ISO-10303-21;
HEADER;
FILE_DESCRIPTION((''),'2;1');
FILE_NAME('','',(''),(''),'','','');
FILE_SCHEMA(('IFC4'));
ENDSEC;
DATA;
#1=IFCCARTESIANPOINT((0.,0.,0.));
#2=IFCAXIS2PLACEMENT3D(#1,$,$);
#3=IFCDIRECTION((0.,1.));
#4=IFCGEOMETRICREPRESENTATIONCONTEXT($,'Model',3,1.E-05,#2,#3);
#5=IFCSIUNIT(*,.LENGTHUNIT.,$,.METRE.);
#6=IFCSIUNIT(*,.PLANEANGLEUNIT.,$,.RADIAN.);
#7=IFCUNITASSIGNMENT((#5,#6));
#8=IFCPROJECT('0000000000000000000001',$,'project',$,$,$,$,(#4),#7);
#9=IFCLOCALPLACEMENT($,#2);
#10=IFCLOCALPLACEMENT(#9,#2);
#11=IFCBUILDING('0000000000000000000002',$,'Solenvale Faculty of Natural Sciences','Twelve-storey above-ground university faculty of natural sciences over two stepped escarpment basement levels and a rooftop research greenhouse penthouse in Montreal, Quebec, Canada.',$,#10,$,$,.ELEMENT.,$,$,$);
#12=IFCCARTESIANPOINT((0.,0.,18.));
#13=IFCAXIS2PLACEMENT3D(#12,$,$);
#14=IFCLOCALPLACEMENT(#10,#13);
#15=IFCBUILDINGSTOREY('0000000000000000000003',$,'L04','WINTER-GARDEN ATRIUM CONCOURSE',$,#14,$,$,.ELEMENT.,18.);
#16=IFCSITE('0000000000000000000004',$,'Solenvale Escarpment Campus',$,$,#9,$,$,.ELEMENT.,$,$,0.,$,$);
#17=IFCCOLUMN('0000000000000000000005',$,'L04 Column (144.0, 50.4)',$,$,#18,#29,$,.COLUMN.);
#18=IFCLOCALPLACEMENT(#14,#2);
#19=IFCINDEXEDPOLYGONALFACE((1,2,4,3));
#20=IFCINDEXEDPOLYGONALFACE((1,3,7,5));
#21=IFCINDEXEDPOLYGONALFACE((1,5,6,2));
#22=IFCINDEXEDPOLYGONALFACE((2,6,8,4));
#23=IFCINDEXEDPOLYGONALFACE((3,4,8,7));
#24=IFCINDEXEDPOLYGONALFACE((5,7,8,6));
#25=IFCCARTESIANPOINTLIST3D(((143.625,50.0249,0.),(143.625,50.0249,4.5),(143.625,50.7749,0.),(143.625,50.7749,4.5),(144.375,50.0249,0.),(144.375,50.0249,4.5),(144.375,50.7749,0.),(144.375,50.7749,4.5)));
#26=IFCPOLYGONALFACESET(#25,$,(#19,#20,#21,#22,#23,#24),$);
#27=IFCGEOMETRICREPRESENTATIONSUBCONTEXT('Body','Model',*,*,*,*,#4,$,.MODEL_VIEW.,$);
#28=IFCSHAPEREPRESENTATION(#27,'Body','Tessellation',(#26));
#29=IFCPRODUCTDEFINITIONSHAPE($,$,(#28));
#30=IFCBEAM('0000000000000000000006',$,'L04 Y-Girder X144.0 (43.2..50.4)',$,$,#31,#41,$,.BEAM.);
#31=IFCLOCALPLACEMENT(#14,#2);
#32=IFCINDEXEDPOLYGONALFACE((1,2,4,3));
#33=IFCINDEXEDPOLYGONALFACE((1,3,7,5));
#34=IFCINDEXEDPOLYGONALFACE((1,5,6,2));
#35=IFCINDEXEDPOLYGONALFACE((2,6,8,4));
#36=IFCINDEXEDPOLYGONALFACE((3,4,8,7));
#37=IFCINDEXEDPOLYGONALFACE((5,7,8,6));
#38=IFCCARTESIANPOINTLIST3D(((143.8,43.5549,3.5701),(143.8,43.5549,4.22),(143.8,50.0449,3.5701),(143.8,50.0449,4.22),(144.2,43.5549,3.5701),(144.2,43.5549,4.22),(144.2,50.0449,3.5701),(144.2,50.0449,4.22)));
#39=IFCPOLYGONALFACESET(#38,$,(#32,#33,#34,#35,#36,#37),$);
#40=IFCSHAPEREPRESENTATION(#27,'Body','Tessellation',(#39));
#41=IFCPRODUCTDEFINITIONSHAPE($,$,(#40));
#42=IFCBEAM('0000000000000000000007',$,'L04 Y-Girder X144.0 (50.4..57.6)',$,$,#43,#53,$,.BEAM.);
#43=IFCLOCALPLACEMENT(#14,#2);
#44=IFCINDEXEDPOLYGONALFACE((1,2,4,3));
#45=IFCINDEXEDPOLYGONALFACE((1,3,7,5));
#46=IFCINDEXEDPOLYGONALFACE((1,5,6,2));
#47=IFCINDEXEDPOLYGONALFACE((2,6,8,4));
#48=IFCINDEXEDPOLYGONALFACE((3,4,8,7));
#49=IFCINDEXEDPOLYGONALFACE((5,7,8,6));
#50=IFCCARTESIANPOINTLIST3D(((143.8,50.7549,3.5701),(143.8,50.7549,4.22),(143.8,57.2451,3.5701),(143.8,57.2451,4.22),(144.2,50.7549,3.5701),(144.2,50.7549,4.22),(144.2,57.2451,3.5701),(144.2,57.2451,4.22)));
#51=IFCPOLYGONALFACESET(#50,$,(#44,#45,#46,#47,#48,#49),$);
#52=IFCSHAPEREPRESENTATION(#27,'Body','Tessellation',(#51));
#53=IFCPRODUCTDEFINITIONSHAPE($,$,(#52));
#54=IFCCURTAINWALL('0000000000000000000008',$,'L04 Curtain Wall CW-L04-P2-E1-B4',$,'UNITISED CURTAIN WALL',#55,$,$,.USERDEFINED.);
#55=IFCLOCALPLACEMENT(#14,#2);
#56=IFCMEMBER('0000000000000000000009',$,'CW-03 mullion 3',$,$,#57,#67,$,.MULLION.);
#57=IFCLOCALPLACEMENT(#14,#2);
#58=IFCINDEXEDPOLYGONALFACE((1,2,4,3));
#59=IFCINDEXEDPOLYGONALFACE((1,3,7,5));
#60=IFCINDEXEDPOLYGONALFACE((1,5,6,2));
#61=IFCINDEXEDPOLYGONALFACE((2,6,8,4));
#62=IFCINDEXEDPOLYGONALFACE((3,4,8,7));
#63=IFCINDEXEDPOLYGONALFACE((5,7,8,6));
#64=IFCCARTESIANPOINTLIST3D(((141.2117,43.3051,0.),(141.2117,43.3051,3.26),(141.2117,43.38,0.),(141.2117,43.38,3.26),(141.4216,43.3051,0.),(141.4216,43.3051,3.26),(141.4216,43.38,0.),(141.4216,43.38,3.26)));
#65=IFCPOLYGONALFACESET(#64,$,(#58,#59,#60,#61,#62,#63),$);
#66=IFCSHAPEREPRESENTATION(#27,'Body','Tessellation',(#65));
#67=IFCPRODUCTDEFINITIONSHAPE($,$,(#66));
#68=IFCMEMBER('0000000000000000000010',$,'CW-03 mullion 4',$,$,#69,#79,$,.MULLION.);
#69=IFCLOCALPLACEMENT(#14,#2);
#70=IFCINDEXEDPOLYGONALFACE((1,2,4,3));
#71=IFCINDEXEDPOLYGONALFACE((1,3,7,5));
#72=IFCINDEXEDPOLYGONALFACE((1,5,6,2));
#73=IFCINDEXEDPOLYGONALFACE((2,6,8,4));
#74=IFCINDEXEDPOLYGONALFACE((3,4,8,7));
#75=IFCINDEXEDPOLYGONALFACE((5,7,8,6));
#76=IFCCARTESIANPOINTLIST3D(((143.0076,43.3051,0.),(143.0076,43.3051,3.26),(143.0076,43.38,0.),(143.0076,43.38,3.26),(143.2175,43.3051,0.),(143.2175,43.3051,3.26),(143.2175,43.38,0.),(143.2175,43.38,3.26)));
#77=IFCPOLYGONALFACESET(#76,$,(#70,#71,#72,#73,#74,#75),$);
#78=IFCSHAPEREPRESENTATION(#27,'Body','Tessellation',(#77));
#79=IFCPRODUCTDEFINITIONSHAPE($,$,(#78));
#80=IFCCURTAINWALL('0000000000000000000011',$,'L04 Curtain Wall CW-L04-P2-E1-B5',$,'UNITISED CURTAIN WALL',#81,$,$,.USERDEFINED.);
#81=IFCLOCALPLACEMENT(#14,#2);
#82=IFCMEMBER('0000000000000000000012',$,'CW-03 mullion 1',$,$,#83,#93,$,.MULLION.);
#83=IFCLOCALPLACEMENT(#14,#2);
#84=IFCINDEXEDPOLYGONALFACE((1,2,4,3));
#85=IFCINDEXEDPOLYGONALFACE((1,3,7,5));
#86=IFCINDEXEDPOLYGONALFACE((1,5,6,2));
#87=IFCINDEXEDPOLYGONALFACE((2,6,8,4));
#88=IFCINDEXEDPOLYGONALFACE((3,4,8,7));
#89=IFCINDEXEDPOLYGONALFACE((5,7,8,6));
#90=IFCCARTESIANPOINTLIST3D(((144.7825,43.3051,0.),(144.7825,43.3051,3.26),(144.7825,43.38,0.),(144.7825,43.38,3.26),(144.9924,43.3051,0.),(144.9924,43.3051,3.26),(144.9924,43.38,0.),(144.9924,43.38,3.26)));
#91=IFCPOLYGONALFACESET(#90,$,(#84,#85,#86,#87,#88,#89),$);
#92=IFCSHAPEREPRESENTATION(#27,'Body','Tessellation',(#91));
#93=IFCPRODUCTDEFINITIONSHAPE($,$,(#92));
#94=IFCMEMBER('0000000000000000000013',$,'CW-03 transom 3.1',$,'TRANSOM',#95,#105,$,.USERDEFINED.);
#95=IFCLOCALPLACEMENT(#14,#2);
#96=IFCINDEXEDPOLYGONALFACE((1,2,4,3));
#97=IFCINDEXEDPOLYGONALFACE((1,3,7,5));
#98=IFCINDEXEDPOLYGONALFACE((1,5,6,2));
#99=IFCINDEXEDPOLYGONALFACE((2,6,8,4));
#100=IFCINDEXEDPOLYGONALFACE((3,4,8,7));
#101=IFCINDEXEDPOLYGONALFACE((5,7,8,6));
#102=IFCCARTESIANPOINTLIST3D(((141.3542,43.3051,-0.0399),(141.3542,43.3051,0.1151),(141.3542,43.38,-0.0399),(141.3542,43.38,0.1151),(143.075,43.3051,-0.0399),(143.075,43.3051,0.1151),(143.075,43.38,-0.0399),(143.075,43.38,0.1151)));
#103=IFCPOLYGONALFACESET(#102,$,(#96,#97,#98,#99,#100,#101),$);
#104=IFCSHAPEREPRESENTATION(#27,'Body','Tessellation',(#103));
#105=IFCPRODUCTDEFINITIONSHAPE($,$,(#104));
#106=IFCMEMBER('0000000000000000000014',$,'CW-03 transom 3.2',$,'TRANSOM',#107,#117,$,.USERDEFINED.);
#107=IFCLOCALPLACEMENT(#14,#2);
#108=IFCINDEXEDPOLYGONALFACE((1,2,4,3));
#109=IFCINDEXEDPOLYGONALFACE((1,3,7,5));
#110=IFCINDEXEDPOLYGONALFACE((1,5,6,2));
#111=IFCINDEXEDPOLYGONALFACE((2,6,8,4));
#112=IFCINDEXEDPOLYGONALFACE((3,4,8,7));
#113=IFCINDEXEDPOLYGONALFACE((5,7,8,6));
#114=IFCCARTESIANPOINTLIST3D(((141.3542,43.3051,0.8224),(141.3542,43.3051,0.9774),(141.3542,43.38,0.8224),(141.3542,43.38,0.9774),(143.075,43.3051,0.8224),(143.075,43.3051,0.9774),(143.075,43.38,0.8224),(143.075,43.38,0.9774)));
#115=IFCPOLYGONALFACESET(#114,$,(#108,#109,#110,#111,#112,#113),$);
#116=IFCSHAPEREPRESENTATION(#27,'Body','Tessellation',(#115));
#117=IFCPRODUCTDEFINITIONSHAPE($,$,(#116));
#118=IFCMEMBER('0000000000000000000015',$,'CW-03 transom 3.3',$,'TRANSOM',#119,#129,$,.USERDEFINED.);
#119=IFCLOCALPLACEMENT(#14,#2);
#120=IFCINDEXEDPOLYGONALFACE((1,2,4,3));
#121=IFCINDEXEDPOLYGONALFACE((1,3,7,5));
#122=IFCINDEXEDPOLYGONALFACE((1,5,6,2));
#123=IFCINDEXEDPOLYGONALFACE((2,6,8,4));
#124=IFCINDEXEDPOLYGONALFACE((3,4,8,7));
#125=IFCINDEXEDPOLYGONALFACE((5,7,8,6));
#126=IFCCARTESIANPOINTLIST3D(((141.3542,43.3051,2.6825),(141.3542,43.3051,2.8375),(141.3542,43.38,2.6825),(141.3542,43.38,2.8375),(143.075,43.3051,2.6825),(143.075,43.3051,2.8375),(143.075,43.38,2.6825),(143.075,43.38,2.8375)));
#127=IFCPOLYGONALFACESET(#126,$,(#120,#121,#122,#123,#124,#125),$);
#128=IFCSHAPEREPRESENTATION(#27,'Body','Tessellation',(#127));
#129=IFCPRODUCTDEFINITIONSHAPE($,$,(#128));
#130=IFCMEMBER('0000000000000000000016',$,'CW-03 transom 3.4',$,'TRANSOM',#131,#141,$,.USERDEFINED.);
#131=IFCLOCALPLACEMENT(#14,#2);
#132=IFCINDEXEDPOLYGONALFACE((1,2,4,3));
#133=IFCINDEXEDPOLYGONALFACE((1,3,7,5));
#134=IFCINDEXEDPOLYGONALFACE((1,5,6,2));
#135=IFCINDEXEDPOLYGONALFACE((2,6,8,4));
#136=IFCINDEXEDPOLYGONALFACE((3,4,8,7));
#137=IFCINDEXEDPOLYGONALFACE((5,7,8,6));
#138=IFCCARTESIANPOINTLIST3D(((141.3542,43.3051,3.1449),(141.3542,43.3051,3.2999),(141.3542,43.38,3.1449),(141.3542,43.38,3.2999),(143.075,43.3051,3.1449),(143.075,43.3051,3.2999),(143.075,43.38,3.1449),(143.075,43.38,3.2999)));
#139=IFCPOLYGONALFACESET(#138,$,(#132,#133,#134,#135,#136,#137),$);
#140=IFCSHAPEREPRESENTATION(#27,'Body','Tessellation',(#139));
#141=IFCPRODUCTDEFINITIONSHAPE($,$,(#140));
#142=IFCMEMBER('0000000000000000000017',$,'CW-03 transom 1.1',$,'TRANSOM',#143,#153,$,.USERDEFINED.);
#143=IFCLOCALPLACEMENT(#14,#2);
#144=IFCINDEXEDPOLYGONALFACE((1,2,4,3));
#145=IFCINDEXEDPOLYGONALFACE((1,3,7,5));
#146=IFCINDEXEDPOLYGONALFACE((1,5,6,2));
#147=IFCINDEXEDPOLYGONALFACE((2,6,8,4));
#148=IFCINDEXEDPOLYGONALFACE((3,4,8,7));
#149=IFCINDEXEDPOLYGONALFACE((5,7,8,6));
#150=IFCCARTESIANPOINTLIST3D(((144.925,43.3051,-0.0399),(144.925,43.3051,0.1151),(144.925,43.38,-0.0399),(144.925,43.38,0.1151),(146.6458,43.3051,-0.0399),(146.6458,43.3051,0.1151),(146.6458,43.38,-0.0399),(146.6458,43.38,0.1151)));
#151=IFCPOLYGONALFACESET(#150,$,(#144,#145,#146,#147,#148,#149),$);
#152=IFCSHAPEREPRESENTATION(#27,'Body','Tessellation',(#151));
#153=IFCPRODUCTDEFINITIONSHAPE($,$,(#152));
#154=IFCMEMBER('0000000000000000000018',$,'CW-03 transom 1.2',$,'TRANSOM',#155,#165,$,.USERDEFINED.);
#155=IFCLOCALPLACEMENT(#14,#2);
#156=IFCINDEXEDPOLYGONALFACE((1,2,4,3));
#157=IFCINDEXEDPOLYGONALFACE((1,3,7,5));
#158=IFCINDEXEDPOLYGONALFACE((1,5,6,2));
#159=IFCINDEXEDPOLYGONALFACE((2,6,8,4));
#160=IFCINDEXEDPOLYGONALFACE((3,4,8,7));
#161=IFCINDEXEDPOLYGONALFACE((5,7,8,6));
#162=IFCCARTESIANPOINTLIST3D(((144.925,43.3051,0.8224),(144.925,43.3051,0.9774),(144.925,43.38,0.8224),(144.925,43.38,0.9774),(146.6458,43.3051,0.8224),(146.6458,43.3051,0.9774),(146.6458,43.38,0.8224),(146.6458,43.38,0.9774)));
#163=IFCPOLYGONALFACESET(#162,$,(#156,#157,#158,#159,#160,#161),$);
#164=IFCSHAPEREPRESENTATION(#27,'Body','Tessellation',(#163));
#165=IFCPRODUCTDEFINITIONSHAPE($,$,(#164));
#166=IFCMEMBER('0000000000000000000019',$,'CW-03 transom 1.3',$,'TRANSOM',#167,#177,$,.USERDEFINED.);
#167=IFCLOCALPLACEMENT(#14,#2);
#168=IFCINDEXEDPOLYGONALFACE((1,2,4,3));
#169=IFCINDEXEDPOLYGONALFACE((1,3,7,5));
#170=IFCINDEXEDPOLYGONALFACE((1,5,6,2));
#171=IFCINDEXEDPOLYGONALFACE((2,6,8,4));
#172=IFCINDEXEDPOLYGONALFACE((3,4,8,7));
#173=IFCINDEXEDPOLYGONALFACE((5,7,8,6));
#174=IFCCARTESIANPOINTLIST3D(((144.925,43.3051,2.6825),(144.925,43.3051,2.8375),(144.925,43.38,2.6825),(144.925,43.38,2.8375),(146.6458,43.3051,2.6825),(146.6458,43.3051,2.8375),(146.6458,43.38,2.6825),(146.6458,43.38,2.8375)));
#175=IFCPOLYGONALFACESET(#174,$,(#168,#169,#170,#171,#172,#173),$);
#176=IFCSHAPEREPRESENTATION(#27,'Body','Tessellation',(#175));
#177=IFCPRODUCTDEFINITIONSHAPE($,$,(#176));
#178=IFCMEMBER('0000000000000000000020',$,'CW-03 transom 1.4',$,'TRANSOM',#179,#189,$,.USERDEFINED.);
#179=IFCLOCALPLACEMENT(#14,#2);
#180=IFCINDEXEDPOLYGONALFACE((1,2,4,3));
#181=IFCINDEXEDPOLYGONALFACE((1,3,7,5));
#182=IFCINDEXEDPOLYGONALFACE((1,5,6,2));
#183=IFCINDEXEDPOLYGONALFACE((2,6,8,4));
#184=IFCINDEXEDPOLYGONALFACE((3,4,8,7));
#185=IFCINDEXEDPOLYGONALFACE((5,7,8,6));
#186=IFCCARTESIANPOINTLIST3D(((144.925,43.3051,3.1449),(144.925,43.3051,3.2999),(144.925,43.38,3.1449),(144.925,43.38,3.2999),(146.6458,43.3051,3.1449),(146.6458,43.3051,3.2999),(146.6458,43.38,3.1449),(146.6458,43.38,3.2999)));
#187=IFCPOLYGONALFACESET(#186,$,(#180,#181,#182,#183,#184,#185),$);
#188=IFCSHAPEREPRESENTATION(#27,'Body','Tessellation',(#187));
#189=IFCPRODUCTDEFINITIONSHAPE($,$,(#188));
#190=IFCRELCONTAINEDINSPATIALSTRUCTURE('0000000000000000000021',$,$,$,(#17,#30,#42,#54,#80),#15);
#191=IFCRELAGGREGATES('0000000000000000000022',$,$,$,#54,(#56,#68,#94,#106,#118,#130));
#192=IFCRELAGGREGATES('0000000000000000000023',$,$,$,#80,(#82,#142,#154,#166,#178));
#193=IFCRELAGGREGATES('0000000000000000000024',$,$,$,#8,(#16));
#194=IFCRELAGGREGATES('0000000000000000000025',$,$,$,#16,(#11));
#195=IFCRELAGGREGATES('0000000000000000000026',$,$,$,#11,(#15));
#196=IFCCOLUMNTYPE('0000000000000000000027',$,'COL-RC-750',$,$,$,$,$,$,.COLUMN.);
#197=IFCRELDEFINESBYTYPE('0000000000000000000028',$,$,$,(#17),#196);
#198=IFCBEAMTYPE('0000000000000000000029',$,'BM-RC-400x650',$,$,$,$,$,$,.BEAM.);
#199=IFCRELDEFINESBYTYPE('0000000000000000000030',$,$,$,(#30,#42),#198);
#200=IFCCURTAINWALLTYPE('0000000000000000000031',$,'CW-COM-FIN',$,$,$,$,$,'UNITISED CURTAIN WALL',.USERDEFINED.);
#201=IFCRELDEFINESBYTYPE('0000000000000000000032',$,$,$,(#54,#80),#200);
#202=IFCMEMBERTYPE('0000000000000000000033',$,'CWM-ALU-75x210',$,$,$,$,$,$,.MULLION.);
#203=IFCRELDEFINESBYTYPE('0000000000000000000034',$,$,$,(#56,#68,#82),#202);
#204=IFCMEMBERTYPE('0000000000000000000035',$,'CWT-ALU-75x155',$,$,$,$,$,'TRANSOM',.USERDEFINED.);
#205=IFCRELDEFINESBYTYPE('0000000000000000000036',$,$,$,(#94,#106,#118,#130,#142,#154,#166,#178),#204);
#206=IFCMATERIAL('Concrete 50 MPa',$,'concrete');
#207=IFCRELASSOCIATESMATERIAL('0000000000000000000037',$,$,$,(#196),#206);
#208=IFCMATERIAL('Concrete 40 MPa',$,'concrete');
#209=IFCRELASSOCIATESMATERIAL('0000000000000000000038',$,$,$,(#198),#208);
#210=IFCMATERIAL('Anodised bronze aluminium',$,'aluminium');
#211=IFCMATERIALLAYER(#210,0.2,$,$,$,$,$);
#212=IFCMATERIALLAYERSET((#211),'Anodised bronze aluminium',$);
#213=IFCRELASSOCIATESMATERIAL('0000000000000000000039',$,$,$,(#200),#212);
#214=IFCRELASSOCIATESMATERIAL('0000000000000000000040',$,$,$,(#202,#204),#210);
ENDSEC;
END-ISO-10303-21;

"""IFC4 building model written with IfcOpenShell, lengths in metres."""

from ifc_helpers import new_model, si_unit, direction, frame, origin, origin_2d, place, context, subcontext, project, spatial, rectangle, extrude, material, layer, layer_set, material_profile, profile_set, type_object, element, aggregate, save


model = new_model("IFC4")

# Units and contexts
model_context = context("Model", 3, precision=1e-05, world=origin(), true_north=direction((0.0, 1.0)))
body_context = subcontext(model_context, "Body", "Model", "MODEL_VIEW")
ifc_project = project(units=[si_unit("LENGTHUNIT", "METRE"), si_unit("PLANEANGLEUNIT", "RADIAN")], contexts=[model_context])

# Site, building, storey
site_placement = place(None, origin())
site = spatial("IfcSite", under=ifc_project, at=site_placement, Name="Solenvale Escarpment Campus", CompositionType="ELEMENT", RefElevation=0.0)
building_placement = place(site_placement, origin())
building = spatial("IfcBuilding", under=site, at=building_placement, Name="Solenvale Faculty of Natural Sciences", Description="Twelve-storey above-ground university faculty of natural sciences over two stepped escarpment basement levels and a rooftop research greenhouse penthouse in Montreal, Quebec, Canada.", CompositionType="ELEMENT")
storey_placement = place(building_placement, frame((0.0, 0.0, 18.0)))
storey = spatial("IfcBuildingStorey", under=building, at=storey_placement, Name="L04", Description="WINTER-GARDEN ATRIUM CONCOURSE", CompositionType="ELEMENT", Elevation=18.0)

# Column
ifc_material_1 = material(Name="Concrete 50 MPa", Category="concrete")
ifc_material_profile_1 = material_profile(ifc_material_1, rectangle(XDim=0.75, YDim=0.75, at=origin_2d()), Name="RC-COL-750x750")
ifc_profile_set_1 = profile_set([ifc_material_profile_1], Name="Concrete 50 MPa")
column_type = type_object("IfcColumnType", Name="COL-RC-750", PredefinedType="COLUMN", material=ifc_profile_set_1)
column_placement = place(storey_placement, frame((144.0, 50.3999, 0.0), z_axis=(0.0, 0.0, 1.0), x_axis=(1.0, 0.0, 0.0)))
element("IfcColumn", 1, at=column_placement, inside=storey, type_object=column_type, Name="L04 Column (144.0, 50.4)", PredefinedType="COLUMN", context=body_context, shape_type="SweptSolid", body=[
    extrude(rectangle(XDim=0.75, YDim=0.75, at=origin_2d()), origin(), (0.0, 0.0, 1.0), 4.5),
])

# Beams
ifc_material_2 = material(Name="Concrete 40 MPa", Category="concrete")
ifc_material_profile_2 = material_profile(ifc_material_2, rectangle(XDim=0.3999, YDim=0.6499, at=origin_2d()), Name="RC-BM-400x650")
ifc_profile_set_2 = profile_set([ifc_material_profile_2], Name="Concrete 40 MPa")
beam_type = type_object("IfcBeamType", Name="BM-RC-400x650", PredefinedType="BEAM", material=ifc_profile_set_2)
beam_1_placement = place(storey_placement, frame((144.0, 43.5549, 3.895), z_axis=(0.0, 1.0, 0.0), x_axis=(-1.0, 0.0, 0.0)))
element("IfcBeam", 2, at=beam_1_placement, inside=storey, type_object=beam_type, Name="L04 Y-Girder X144.0 (43.2..50.4)", PredefinedType="BEAM", context=body_context, shape_type="SweptSolid", body=[
    extrude(rectangle(XDim=0.3999, YDim=0.6499, at=origin_2d()), origin(), (0.0, 0.0, 1.0), 6.49),
])
beam_2_placement = place(storey_placement, frame((144.0, 50.7549, 3.895), z_axis=(0.0, 1.0, 0.0), x_axis=(-1.0, 0.0, 0.0)))
element("IfcBeam", 3, at=beam_2_placement, inside=storey, type_object=beam_type, Name="L04 Y-Girder X144.0 (50.4..57.6)", PredefinedType="BEAM", context=body_context, shape_type="SweptSolid", body=[
    extrude(rectangle(XDim=0.3999, YDim=0.6499, at=origin_2d()), origin(), (0.0, 0.0, 1.0), 6.4902),
])

# Curtain wall, members
ifc_material_3 = material(Name="Anodised bronze aluminium", Category="aluminium")
ifc_layer_1 = layer(ifc_material_3, 0.2)
ifc_layer_set_1 = layer_set([ifc_layer_1], Name="Anodised bronze aluminium")
curtain_wall_type = type_object("IfcCurtainWallType", Name="CW-COM-FIN", ElementType="UNITISED CURTAIN WALL", PredefinedType="USERDEFINED", material=ifc_layer_set_1)
curtain_wall_1_placement = place(storey_placement, origin())
curtain_wall_1 = element("IfcCurtainWall", 4, at=curtain_wall_1_placement, inside=storey, type_object=curtain_wall_type, Name="L04 Curtain Wall CW-L04-P2-E1-B4", ObjectType="UNITISED CURTAIN WALL", PredefinedType="USERDEFINED")
ifc_material_profile_3 = material_profile(ifc_material_3, rectangle(XDim=0.075, YDim=0.21, at=origin_2d()), Name="ALU-MUL-75x210")
ifc_profile_set_3 = profile_set([ifc_material_profile_3], Name="Anodised bronze aluminium")
member_type_1 = type_object("IfcMemberType", Name="CWM-ALU-75x210", PredefinedType="MULLION", material=ifc_profile_set_3)
member_1_placement = place(storey_placement, frame((141.3167, 43.3425, 0.0), z_axis=(0.0, 0.0, 1.0), x_axis=(0.0, 1.0, 0.0)))
member_1 = element("IfcMember", 5, at=member_1_placement, type_object=member_type_1, Name="CW-03 mullion 3", PredefinedType="MULLION", context=body_context, shape_type="SweptSolid", body=[
    extrude(rectangle(XDim=0.075, YDim=0.21, at=origin_2d()), origin(), (0.0, 0.0, 1.0), 3.26),
])
member_2_placement = place(storey_placement, frame((143.1125, 43.3425, 0.0), z_axis=(0.0, 0.0, 1.0), x_axis=(0.0, 1.0, 0.0)))
member_2 = element("IfcMember", 6, at=member_2_placement, type_object=member_type_1, Name="CW-03 mullion 4", PredefinedType="MULLION", context=body_context, shape_type="SweptSolid", body=[
    extrude(rectangle(XDim=0.075, YDim=0.21, at=origin_2d()), origin(), (0.0, 0.0, 1.0), 3.26),
])

# Curtain wall, member
curtain_wall_2_placement = place(storey_placement, origin())
curtain_wall_2 = element("IfcCurtainWall", 7, at=curtain_wall_2_placement, inside=storey, type_object=curtain_wall_type, Name="L04 Curtain Wall CW-L04-P2-E1-B5", ObjectType="UNITISED CURTAIN WALL", PredefinedType="USERDEFINED")
member_3_placement = place(storey_placement, frame((144.8875, 43.3425, 0.0), z_axis=(0.0, 0.0, 1.0), x_axis=(0.0, 1.0, 0.0)))
member_3 = element("IfcMember", 8, at=member_3_placement, type_object=member_type_1, Name="CW-03 mullion 1", PredefinedType="MULLION", context=body_context, shape_type="SweptSolid", body=[
    extrude(rectangle(XDim=0.075, YDim=0.21, at=origin_2d()), origin(), (0.0, 0.0, 1.0), 3.26),
])

# Members
ifc_material_profile_4 = material_profile(ifc_material_3, rectangle(XDim=0.075, YDim=0.155, at=origin_2d()), Name="ALU-TRN-75x155")
ifc_profile_set_4 = profile_set([ifc_material_profile_4], Name="Anodised bronze aluminium")
member_type_2 = type_object("IfcMemberType", Name="CWT-ALU-75x155", ElementType="TRANSOM", PredefinedType="USERDEFINED", material=ifc_profile_set_4)
member_4_placement = place(storey_placement, frame((141.3542, 43.3425, 0.0376), z_axis=(1.0, 0.0, 0.0), x_axis=(0.0, 1.0, 0.0)))
member_4 = element("IfcMember", 9, at=member_4_placement, type_object=member_type_2, Name="CW-03 transom 3.1", ObjectType="TRANSOM", PredefinedType="USERDEFINED", context=body_context, shape_type="SweptSolid", body=[
    extrude(rectangle(XDim=0.075, YDim=0.155, at=origin_2d()), origin(), (0.0, 0.0, 1.0), 1.7207),
])
member_5_placement = place(storey_placement, frame((141.3542, 43.3425, 0.8999), z_axis=(1.0, 0.0, 0.0), x_axis=(0.0, 1.0, 0.0)))
member_5 = element("IfcMember", 10, at=member_5_placement, type_object=member_type_2, Name="CW-03 transom 3.2", ObjectType="TRANSOM", PredefinedType="USERDEFINED", context=body_context, shape_type="SweptSolid", body=[
    extrude(rectangle(XDim=0.075, YDim=0.155, at=origin_2d()), origin(), (0.0, 0.0, 1.0), 1.7207),
])
member_6_placement = place(storey_placement, frame((141.3542, 43.3425, 2.76), z_axis=(1.0, 0.0, 0.0), x_axis=(0.0, 1.0, 0.0)))
member_6 = element("IfcMember", 11, at=member_6_placement, type_object=member_type_2, Name="CW-03 transom 3.3", ObjectType="TRANSOM", PredefinedType="USERDEFINED", context=body_context, shape_type="SweptSolid", body=[
    extrude(rectangle(XDim=0.075, YDim=0.155, at=origin_2d()), origin(), (0.0, 0.0, 1.0), 1.7207),
])
member_7_placement = place(storey_placement, frame((141.3542, 43.3425, 3.2224), z_axis=(1.0, 0.0, 0.0), x_axis=(0.0, 1.0, 0.0)))
member_7 = element("IfcMember", 12, at=member_7_placement, type_object=member_type_2, Name="CW-03 transom 3.4", ObjectType="TRANSOM", PredefinedType="USERDEFINED", context=body_context, shape_type="SweptSolid", body=[
    extrude(rectangle(XDim=0.075, YDim=0.155, at=origin_2d()), origin(), (0.0, 0.0, 1.0), 1.7207),
])
member_8_placement = place(storey_placement, frame((144.925, 43.3425, 0.0376), z_axis=(1.0, 0.0, 0.0), x_axis=(0.0, 1.0, 0.0)))
member_8 = element("IfcMember", 13, at=member_8_placement, type_object=member_type_2, Name="CW-03 transom 1.1", ObjectType="TRANSOM", PredefinedType="USERDEFINED", context=body_context, shape_type="SweptSolid", body=[
    extrude(rectangle(XDim=0.075, YDim=0.155, at=origin_2d()), origin(), (0.0, 0.0, 1.0), 1.7207),
])
member_9_placement = place(storey_placement, frame((144.925, 43.3425, 0.8999), z_axis=(1.0, 0.0, 0.0), x_axis=(0.0, 1.0, 0.0)))
member_9 = element("IfcMember", 14, at=member_9_placement, type_object=member_type_2, Name="CW-03 transom 1.2", ObjectType="TRANSOM", PredefinedType="USERDEFINED", context=body_context, shape_type="SweptSolid", body=[
    extrude(rectangle(XDim=0.075, YDim=0.155, at=origin_2d()), origin(), (0.0, 0.0, 1.0), 1.7207),
])
member_10_placement = place(storey_placement, frame((144.925, 43.3425, 2.76), z_axis=(1.0, 0.0, 0.0), x_axis=(0.0, 1.0, 0.0)))
member_10 = element("IfcMember", 15, at=member_10_placement, type_object=member_type_2, Name="CW-03 transom 1.3", ObjectType="TRANSOM", PredefinedType="USERDEFINED", context=body_context, shape_type="SweptSolid", body=[
    extrude(rectangle(XDim=0.075, YDim=0.155, at=origin_2d()), origin(), (0.0, 0.0, 1.0), 1.7207),
])
member_11_placement = place(storey_placement, frame((144.925, 43.3425, 3.2224), z_axis=(1.0, 0.0, 0.0), x_axis=(0.0, 1.0, 0.0)))
member_11 = element("IfcMember", 16, at=member_11_placement, type_object=member_type_2, Name="CW-03 transom 1.4", ObjectType="TRANSOM", PredefinedType="USERDEFINED", context=body_context, shape_type="SweptSolid", body=[
    extrude(rectangle(XDim=0.075, YDim=0.155, at=origin_2d()), origin(), (0.0, 0.0, 1.0), 1.7207),
])

aggregate(curtain_wall_1, [member_1, member_2, member_4, member_5, member_6, member_7])
aggregate(curtain_wall_2, [member_3, member_8, member_9, member_10, member_11])

save(model, "model.ifc")
